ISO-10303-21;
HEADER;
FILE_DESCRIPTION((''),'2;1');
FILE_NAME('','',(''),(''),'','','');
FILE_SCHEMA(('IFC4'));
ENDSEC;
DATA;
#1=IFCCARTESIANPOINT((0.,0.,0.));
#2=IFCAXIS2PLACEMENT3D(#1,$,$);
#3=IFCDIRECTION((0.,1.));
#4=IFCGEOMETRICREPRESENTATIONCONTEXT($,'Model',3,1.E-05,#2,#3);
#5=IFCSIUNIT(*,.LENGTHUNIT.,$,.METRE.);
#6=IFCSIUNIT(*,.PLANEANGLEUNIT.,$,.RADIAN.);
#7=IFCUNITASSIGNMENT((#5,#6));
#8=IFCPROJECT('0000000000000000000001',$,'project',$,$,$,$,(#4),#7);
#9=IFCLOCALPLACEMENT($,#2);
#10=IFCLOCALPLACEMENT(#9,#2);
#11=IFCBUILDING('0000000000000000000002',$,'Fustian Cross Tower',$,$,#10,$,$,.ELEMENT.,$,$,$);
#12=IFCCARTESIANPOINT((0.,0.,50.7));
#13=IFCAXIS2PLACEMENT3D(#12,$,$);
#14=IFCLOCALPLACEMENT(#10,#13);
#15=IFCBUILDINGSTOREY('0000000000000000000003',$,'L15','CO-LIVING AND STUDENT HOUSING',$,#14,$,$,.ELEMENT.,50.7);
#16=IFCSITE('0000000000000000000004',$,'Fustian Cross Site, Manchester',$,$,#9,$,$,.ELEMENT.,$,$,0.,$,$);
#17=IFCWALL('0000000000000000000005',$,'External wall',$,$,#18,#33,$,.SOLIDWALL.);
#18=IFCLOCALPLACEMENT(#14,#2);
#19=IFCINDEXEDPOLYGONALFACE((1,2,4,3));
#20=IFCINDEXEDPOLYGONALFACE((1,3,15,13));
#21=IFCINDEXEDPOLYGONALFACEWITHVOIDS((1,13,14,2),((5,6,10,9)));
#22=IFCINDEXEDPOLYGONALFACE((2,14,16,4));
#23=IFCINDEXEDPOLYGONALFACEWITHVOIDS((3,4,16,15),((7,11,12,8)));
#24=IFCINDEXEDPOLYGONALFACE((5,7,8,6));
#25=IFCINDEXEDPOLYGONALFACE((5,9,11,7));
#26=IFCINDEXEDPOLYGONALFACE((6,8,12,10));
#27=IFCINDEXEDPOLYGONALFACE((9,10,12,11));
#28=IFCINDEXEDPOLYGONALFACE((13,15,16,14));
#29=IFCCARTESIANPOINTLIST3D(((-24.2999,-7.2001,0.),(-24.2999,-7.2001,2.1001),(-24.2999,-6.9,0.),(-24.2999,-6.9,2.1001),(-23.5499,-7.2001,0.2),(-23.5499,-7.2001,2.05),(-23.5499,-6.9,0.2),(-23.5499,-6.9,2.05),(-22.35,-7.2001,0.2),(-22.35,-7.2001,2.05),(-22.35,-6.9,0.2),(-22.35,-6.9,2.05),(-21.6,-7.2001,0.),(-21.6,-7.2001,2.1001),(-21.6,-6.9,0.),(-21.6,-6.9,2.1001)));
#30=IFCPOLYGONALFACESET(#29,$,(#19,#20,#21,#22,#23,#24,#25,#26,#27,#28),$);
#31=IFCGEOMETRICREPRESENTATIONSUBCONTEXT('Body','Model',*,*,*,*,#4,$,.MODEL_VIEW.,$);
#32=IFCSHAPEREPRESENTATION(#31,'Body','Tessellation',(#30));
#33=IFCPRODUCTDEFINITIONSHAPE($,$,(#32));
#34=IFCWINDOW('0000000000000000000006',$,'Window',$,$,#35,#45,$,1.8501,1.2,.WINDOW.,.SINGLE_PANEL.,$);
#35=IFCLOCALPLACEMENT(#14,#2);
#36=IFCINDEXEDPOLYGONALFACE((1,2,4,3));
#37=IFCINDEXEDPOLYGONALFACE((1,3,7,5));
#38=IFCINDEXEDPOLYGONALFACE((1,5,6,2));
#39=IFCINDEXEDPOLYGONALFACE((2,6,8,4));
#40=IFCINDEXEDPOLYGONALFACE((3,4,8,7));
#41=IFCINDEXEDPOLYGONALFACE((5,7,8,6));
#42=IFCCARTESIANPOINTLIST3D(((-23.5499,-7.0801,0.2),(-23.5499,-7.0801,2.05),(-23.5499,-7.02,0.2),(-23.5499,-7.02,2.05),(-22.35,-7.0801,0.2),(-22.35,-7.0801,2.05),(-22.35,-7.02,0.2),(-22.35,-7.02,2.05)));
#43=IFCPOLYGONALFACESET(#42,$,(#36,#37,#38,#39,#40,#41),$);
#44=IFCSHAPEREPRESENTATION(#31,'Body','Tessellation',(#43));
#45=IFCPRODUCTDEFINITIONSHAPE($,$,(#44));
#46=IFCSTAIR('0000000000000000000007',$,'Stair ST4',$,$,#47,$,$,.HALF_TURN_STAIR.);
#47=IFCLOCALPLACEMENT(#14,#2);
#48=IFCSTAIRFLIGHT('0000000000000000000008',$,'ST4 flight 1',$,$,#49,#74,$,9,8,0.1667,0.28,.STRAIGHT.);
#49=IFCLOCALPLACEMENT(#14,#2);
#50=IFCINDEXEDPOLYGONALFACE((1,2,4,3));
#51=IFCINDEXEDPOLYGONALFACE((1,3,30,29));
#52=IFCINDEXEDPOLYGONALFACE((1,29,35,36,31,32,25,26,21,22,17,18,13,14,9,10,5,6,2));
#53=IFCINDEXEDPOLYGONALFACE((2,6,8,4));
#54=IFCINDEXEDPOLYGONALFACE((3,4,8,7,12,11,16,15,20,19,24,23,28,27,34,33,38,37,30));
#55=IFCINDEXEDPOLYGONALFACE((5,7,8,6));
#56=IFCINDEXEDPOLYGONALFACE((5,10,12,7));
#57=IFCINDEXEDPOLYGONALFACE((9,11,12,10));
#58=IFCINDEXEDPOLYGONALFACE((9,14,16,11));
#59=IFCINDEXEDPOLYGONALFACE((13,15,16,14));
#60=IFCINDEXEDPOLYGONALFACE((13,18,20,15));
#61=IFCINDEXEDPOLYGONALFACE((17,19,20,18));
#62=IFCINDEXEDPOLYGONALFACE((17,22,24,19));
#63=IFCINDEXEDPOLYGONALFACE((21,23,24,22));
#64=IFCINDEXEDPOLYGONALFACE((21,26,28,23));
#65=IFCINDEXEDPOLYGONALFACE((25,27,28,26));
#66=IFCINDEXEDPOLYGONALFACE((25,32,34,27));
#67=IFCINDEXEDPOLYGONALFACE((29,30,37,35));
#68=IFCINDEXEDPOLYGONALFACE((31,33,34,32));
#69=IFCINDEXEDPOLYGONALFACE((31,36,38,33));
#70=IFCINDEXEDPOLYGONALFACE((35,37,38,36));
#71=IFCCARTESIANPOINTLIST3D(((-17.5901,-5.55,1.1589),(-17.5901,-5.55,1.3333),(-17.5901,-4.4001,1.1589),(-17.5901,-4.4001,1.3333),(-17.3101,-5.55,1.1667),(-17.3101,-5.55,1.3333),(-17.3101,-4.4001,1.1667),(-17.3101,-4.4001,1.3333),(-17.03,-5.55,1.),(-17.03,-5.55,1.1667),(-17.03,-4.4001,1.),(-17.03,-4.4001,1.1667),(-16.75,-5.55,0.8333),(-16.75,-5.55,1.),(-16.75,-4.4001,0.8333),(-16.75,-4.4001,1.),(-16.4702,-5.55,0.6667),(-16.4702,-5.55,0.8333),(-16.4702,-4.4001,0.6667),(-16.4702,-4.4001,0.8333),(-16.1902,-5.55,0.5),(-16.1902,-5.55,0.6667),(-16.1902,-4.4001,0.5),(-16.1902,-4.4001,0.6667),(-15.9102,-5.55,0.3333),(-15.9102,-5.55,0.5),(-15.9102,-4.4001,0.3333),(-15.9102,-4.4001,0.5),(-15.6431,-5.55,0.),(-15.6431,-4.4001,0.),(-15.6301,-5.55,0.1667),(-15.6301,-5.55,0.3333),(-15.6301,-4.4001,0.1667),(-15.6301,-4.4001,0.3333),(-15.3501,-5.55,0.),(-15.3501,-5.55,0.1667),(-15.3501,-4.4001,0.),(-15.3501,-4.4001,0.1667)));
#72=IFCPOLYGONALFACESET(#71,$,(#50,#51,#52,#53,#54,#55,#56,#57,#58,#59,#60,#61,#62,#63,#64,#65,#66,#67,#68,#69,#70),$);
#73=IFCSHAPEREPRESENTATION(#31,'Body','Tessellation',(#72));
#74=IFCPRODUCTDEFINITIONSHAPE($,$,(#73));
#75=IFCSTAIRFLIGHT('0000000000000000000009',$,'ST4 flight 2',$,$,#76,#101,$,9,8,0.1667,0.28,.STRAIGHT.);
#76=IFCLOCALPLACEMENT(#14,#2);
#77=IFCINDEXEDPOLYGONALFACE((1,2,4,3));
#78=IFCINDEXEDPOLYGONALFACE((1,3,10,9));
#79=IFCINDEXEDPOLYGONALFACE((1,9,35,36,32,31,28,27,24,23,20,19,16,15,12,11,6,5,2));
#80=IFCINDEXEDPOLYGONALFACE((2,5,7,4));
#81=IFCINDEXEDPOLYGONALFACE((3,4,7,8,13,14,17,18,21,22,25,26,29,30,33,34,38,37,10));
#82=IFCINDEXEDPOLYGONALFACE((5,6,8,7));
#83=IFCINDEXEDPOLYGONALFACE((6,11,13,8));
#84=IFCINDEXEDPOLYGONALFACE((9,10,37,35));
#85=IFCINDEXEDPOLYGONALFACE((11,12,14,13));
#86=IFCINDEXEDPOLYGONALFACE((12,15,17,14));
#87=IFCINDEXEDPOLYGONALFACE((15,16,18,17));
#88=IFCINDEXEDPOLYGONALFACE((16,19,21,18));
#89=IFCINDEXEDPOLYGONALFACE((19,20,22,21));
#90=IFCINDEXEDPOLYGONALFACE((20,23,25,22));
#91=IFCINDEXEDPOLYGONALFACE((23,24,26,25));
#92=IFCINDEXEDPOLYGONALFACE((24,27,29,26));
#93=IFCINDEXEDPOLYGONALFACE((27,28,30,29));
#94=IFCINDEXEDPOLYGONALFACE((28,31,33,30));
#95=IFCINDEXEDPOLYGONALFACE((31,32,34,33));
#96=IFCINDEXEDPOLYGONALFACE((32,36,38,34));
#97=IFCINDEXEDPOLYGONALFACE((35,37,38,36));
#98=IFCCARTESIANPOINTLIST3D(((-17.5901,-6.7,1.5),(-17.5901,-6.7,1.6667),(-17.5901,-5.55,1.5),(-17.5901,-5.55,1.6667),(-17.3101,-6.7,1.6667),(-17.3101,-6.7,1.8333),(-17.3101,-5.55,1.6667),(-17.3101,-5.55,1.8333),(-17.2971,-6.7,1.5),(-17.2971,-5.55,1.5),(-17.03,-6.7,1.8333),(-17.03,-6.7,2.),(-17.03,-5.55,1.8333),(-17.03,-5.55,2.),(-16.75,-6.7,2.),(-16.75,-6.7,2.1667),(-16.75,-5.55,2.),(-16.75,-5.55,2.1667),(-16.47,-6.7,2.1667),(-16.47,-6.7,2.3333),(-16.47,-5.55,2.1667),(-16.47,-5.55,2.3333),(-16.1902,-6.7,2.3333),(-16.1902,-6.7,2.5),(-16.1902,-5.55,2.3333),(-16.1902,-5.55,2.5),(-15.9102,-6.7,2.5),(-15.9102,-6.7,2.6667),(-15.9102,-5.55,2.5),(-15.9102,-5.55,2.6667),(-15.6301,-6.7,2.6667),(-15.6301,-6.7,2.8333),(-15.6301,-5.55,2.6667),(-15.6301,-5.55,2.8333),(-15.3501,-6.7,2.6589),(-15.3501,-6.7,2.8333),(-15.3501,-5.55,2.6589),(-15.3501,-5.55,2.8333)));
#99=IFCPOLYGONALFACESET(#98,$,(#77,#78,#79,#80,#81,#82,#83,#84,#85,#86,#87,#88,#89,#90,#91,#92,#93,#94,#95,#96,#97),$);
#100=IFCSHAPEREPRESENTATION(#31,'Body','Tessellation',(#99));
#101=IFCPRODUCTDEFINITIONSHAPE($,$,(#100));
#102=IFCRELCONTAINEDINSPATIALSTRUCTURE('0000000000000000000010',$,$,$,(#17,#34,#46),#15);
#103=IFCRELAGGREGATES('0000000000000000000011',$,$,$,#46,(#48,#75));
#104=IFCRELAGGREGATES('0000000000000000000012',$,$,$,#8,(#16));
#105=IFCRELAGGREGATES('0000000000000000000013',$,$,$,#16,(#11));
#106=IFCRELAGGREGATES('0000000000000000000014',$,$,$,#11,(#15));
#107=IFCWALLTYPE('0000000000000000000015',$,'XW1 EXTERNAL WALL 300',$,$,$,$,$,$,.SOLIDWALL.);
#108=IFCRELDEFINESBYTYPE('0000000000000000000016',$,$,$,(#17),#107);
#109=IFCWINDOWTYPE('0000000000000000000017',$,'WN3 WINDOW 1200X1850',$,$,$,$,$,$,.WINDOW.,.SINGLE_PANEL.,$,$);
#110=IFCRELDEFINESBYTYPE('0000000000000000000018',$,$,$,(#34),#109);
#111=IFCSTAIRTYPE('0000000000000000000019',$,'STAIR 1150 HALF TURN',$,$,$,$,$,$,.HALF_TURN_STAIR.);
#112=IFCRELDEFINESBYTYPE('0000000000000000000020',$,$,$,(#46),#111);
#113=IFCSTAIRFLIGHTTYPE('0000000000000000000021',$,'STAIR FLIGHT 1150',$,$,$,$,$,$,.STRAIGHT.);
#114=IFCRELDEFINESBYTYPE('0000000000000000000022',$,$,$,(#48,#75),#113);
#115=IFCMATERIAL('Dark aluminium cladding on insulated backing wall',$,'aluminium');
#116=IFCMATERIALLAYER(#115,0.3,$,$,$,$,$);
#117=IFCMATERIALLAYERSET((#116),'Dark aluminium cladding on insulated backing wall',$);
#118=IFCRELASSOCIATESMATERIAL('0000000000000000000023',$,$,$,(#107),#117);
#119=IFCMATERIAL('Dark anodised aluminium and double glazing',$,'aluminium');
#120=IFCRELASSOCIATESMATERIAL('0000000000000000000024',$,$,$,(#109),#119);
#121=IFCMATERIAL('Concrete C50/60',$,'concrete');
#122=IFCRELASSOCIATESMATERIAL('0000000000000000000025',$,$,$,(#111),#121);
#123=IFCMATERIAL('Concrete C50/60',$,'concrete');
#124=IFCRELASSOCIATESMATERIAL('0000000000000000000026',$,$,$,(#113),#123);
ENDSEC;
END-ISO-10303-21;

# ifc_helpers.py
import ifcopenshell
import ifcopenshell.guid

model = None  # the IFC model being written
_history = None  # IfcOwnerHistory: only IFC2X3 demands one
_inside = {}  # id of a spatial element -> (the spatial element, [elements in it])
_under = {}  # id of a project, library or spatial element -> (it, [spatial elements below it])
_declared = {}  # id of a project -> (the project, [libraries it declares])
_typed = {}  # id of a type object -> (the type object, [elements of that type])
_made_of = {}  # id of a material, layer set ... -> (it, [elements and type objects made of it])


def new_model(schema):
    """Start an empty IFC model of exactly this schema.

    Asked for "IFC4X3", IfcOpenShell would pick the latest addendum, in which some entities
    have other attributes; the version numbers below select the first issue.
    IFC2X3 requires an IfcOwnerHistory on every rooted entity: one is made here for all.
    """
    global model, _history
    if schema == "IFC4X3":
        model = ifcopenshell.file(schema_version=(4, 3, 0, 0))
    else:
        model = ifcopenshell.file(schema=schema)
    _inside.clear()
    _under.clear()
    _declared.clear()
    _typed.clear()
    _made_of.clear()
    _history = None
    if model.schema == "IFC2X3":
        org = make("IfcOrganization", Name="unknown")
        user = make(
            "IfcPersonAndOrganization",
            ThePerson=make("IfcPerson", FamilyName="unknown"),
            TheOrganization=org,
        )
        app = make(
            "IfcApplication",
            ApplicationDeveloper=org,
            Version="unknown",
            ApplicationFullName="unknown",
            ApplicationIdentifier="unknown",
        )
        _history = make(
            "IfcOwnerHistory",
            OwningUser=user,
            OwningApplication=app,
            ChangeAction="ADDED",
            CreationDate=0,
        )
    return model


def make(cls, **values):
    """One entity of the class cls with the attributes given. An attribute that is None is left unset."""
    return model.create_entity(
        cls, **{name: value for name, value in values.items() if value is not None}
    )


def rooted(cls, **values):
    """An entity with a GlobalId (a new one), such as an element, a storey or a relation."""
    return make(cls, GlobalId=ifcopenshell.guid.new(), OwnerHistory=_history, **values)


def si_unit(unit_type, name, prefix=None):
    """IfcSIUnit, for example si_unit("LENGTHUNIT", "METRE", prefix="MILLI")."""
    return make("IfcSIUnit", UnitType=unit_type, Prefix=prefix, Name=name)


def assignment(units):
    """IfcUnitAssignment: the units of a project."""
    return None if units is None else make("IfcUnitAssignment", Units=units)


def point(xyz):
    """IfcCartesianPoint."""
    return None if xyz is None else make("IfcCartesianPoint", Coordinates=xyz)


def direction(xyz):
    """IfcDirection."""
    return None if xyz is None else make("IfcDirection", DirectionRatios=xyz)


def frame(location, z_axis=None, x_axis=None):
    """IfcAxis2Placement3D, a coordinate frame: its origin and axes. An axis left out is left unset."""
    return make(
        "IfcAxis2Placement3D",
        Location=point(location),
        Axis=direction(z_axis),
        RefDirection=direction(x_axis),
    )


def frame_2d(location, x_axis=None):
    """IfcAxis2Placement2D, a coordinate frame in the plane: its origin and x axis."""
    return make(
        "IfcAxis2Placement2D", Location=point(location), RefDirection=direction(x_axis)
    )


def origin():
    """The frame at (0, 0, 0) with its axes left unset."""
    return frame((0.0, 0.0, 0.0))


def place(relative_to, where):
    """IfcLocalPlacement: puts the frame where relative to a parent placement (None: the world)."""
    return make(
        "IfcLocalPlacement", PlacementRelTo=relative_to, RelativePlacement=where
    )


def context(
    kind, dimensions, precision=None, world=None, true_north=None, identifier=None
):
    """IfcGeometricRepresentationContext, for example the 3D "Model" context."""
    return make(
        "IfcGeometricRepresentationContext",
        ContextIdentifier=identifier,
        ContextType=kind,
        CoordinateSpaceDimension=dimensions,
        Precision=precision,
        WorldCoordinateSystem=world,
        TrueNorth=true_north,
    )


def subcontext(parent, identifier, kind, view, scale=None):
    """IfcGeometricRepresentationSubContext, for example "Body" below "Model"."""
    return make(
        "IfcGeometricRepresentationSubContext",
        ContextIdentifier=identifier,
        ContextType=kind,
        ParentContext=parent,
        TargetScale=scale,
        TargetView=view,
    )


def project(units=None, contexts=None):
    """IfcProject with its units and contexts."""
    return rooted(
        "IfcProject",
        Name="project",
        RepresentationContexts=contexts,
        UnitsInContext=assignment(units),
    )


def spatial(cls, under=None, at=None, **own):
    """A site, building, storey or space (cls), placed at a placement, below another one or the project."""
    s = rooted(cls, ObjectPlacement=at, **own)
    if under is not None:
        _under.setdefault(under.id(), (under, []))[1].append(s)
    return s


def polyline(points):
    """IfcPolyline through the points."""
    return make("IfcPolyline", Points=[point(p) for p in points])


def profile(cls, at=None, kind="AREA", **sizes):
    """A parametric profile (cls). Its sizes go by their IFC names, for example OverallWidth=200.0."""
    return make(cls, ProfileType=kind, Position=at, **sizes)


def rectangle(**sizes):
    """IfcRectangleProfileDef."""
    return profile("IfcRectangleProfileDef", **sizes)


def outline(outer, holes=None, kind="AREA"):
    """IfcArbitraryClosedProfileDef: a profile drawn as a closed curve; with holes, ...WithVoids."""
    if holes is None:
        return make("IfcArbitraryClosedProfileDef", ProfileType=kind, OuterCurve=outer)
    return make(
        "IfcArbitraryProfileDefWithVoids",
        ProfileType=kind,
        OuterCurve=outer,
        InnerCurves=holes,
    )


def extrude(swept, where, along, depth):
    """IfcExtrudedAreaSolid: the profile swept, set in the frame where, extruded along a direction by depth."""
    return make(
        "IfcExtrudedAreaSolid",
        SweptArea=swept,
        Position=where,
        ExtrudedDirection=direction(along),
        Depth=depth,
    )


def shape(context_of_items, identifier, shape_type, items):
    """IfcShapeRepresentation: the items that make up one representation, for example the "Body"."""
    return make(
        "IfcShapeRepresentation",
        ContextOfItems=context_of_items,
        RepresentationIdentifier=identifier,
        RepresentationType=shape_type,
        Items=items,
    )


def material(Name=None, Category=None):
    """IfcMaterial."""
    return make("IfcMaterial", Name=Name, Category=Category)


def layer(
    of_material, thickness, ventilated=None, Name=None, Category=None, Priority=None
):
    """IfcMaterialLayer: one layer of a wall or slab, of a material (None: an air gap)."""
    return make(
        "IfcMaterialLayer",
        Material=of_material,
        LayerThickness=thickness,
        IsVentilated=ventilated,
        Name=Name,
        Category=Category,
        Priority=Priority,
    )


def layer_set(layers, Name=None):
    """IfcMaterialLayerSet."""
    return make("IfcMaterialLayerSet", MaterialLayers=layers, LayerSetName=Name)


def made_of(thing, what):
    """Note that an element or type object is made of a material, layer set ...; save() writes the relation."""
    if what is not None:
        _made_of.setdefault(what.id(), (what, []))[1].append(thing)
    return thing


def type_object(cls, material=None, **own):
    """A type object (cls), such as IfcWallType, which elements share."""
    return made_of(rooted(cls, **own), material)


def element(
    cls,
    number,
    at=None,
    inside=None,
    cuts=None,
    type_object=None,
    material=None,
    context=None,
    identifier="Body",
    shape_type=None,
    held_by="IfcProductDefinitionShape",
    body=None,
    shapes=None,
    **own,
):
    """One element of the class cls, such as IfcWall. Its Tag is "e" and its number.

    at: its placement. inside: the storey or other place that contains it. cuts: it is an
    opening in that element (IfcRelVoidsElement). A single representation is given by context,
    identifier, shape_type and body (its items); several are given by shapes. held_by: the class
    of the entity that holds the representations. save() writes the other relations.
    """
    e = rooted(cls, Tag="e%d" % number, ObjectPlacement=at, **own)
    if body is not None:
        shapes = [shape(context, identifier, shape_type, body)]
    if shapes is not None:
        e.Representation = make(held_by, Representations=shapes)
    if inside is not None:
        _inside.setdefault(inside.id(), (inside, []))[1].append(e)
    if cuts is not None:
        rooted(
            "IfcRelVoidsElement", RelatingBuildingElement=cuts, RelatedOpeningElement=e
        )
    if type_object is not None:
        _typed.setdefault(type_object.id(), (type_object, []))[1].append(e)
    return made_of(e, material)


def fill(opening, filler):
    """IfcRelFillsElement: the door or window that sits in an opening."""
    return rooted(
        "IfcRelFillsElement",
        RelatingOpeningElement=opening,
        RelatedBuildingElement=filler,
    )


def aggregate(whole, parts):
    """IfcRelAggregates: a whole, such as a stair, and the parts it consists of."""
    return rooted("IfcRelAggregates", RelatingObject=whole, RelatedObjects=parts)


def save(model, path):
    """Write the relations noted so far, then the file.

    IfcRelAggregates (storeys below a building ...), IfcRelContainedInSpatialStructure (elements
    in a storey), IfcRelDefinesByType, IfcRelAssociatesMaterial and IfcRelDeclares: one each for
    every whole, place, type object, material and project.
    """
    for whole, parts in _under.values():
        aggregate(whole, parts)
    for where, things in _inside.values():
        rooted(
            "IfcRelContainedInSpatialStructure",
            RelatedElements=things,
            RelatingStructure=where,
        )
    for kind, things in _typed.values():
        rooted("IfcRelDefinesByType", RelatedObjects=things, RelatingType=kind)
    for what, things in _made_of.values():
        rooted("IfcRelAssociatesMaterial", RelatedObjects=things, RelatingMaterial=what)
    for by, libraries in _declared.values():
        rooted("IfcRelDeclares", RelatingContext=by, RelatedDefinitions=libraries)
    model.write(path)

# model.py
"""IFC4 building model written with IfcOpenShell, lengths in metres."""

from ifc_helpers import new_model, si_unit, direction, frame, frame_2d, origin, place, context, subcontext, project, spatial, polyline, rectangle, outline, extrude, material, layer, layer_set, type_object, element, fill, aggregate, save


model = new_model("IFC4")

# Units and contexts
model_context = context("Model", 3, precision=1e-05, world=origin(), true_north=direction((0.0, 1.0)))
body_context = subcontext(model_context, "Body", "Model", "MODEL_VIEW")
ifc_project = project(units=[si_unit("LENGTHUNIT", "METRE"), si_unit("PLANEANGLEUNIT", "RADIAN")], contexts=[model_context])

# Site, building, storey
site_placement = place(None, origin())
site = spatial("IfcSite", under=ifc_project, at=site_placement, Name="Fustian Cross Site, Manchester", CompositionType="ELEMENT", RefElevation=0.0)
building_placement = place(site_placement, origin())
building = spatial("IfcBuilding", under=site, at=building_placement, Name="Fustian Cross Tower", CompositionType="ELEMENT")
storey_placement = place(building_placement, frame((0.0, 0.0, 50.7)))
storey = spatial("IfcBuildingStorey", under=building, at=storey_placement, Name="L15", Description="CO-LIVING AND STUDENT HOUSING", CompositionType="ELEMENT", Elevation=50.7)

# Wall, opening, window
ifc_material_1 = material(Name="Dark aluminium cladding on insulated backing wall", Category="aluminium")
ifc_layer_1 = layer(ifc_material_1, 0.3)
ifc_layer_set_1 = layer_set([ifc_layer_1], Name="Dark aluminium cladding on insulated backing wall")
wall_type_1 = type_object("IfcWallType", Name="XW1 EXTERNAL WALL 300", PredefinedType="SOLIDWALL", material=ifc_layer_set_1)
wall_1_placement = place(storey_placement, frame((-24.3, -7.05, 0.0), z_axis=(0.0, 0.0, 1.0), x_axis=(1.0, 0.0, 0.0)))
wall_1 = element("IfcWall", 1, at=wall_1_placement, inside=storey, type_object=wall_type_1, Name="External wall", PredefinedType="SOLIDWALL", context=body_context, shape_type="SweptSolid", body=[
    extrude(rectangle(XDim=2.7, YDim=0.3, at=frame_2d((1.3501, 0.0))), origin(), (0.0, 0.0, 1.0), 2.1001),
])
opening_1_placement = place(wall_1_placement, frame((0.75, 0.0, 0.2)))
opening_1 = element("IfcOpeningElement", 2, at=opening_1_placement, cuts=wall_1, PredefinedType="OPENING", context=body_context, shape_type="SweptSolid", body=[
    extrude(rectangle(XDim=1.2, YDim=1.8501, at=frame_2d((0.6001, 0.925))), frame((0.0, 0.1599, 0.0), z_axis=(0.0, -1.0, 0.0), x_axis=(1.0, 0.0, 0.0)), (0.0, 0.0, 1.0), 0.3201),
])
ifc_material_2 = material(Name="Dark anodised aluminium and double glazing", Category="aluminium")
window_type = type_object("IfcWindowType", Name="WN3 WINDOW 1200X1850", PartitioningType="SINGLE_PANEL", PredefinedType="WINDOW", material=ifc_material_2)
window_placement = place(opening_1_placement, origin())
window = element("IfcWindow", 3, at=window_placement, inside=storey, type_object=window_type, Name="Window", OverallHeight=1.8501, OverallWidth=1.2, PartitioningType="SINGLE_PANEL", PredefinedType="WINDOW", context=body_context, shape_type="SweptSolid", body=[
    extrude(rectangle(XDim=1.2, YDim=1.8501, at=frame_2d((0.6001, 0.925))), frame((0.0, 0.03, 0.0), z_axis=(0.0, -1.0, 0.0), x_axis=(1.0, 0.0, 0.0)), (0.0, 0.0, 1.0), 0.0601),
])
fill(opening_1, window)

# Stair, stair flights
ifc_material_3 = material(Name="Concrete C50/60", Category="concrete")
stair_type = type_object("IfcStairType", Name="STAIR 1150 HALF TURN", PredefinedType="HALF_TURN_STAIR", material=ifc_material_3)
stair_placement = place(storey_placement, origin())
stair = element("IfcStair", 4, at=stair_placement, inside=storey, type_object=stair_type, Name="Stair ST4", PredefinedType="HALF_TURN_STAIR")
ifc_material_4 = material(Name="Concrete C50/60", Category="concrete")
stair_flight_type = type_object("IfcStairFlightType", Name="STAIR FLIGHT 1150", PredefinedType="STRAIGHT", material=ifc_material_4)
stair_flight_1_placement = place(storey_placement, frame((-15.3501, -4.9751, 0.0), z_axis=(0.0, 0.0, 1.0), x_axis=(-1.0, 0.0, 0.0)))
stair_flight_1 = element("IfcStairFlight", 5, at=stair_flight_1_placement, type_object=stair_flight_type, Name="ST4 flight 1", NumberOfRisers=9, NumberOfTreads=8, PredefinedType="STRAIGHT", RiserHeight=0.1667, TreadLength=0.28, context=body_context, shape_type="SweptSolid", body=[
    extrude(outline(polyline([(0.0, 0.0), (0.0, 0.1667), (0.28, 0.1667), (0.28, 0.3333), (0.5601, 0.3333), (0.5601, 0.5), (0.8401, 0.5), (0.8401, 0.6667), (1.1201, 0.6667), (1.1201, 0.8333), (1.3999, 0.8333), (1.3999, 1.0), (1.6799, 1.0), (1.6799, 1.1667), (1.96, 1.1667), (1.96, 1.3333), (2.24, 1.3333), (2.24, 1.5), (2.24, 1.1589), (0.293, 0.0), (0.0, 0.0)])), frame((0.0, 0.575, 0.0), z_axis=(0.0, -1.0, 0.0), x_axis=(1.0, 0.0, 0.0)), (0.0, 0.0, 1.0), 1.1499),
])
stair_flight_2_placement = place(storey_placement, frame((-17.5901, -6.125, 1.5), z_axis=(0.0, 0.0, 1.0), x_axis=(1.0, 0.0, 0.0)))
stair_flight_2 = element("IfcStairFlight", 6, at=stair_flight_2_placement, type_object=stair_flight_type, Name="ST4 flight 2", NumberOfRisers=9, NumberOfTreads=8, PredefinedType="STRAIGHT", RiserHeight=0.1667, TreadLength=0.28, context=body_context, shape_type="SweptSolid", body=[
    extrude(outline(polyline([(0.0, 0.0), (0.0, 0.1667), (0.28, 0.1667), (0.28, 0.3333), (0.5601, 0.3333), (0.5601, 0.5), (0.8401, 0.5), (0.8401, 0.6667), (1.1201, 0.6667), (1.1201, 0.8333), (1.3999, 0.8333), (1.3999, 1.0), (1.6799, 1.0), (1.6799, 1.1667), (1.96, 1.1667), (1.96, 1.3333), (2.24, 1.3333), (2.24, 1.5), (2.24, 1.1589), (0.293, 0.0), (0.0, 0.0)])), frame((0.0, 0.575, 0.0), z_axis=(0.0, -1.0, 0.0), x_axis=(1.0, 0.0, 0.0)), (0.0, 0.0, 1.0), 1.1499),
])
aggregate(stair, [stair_flight_1, stair_flight_2])

save(model, "model.ifc")
